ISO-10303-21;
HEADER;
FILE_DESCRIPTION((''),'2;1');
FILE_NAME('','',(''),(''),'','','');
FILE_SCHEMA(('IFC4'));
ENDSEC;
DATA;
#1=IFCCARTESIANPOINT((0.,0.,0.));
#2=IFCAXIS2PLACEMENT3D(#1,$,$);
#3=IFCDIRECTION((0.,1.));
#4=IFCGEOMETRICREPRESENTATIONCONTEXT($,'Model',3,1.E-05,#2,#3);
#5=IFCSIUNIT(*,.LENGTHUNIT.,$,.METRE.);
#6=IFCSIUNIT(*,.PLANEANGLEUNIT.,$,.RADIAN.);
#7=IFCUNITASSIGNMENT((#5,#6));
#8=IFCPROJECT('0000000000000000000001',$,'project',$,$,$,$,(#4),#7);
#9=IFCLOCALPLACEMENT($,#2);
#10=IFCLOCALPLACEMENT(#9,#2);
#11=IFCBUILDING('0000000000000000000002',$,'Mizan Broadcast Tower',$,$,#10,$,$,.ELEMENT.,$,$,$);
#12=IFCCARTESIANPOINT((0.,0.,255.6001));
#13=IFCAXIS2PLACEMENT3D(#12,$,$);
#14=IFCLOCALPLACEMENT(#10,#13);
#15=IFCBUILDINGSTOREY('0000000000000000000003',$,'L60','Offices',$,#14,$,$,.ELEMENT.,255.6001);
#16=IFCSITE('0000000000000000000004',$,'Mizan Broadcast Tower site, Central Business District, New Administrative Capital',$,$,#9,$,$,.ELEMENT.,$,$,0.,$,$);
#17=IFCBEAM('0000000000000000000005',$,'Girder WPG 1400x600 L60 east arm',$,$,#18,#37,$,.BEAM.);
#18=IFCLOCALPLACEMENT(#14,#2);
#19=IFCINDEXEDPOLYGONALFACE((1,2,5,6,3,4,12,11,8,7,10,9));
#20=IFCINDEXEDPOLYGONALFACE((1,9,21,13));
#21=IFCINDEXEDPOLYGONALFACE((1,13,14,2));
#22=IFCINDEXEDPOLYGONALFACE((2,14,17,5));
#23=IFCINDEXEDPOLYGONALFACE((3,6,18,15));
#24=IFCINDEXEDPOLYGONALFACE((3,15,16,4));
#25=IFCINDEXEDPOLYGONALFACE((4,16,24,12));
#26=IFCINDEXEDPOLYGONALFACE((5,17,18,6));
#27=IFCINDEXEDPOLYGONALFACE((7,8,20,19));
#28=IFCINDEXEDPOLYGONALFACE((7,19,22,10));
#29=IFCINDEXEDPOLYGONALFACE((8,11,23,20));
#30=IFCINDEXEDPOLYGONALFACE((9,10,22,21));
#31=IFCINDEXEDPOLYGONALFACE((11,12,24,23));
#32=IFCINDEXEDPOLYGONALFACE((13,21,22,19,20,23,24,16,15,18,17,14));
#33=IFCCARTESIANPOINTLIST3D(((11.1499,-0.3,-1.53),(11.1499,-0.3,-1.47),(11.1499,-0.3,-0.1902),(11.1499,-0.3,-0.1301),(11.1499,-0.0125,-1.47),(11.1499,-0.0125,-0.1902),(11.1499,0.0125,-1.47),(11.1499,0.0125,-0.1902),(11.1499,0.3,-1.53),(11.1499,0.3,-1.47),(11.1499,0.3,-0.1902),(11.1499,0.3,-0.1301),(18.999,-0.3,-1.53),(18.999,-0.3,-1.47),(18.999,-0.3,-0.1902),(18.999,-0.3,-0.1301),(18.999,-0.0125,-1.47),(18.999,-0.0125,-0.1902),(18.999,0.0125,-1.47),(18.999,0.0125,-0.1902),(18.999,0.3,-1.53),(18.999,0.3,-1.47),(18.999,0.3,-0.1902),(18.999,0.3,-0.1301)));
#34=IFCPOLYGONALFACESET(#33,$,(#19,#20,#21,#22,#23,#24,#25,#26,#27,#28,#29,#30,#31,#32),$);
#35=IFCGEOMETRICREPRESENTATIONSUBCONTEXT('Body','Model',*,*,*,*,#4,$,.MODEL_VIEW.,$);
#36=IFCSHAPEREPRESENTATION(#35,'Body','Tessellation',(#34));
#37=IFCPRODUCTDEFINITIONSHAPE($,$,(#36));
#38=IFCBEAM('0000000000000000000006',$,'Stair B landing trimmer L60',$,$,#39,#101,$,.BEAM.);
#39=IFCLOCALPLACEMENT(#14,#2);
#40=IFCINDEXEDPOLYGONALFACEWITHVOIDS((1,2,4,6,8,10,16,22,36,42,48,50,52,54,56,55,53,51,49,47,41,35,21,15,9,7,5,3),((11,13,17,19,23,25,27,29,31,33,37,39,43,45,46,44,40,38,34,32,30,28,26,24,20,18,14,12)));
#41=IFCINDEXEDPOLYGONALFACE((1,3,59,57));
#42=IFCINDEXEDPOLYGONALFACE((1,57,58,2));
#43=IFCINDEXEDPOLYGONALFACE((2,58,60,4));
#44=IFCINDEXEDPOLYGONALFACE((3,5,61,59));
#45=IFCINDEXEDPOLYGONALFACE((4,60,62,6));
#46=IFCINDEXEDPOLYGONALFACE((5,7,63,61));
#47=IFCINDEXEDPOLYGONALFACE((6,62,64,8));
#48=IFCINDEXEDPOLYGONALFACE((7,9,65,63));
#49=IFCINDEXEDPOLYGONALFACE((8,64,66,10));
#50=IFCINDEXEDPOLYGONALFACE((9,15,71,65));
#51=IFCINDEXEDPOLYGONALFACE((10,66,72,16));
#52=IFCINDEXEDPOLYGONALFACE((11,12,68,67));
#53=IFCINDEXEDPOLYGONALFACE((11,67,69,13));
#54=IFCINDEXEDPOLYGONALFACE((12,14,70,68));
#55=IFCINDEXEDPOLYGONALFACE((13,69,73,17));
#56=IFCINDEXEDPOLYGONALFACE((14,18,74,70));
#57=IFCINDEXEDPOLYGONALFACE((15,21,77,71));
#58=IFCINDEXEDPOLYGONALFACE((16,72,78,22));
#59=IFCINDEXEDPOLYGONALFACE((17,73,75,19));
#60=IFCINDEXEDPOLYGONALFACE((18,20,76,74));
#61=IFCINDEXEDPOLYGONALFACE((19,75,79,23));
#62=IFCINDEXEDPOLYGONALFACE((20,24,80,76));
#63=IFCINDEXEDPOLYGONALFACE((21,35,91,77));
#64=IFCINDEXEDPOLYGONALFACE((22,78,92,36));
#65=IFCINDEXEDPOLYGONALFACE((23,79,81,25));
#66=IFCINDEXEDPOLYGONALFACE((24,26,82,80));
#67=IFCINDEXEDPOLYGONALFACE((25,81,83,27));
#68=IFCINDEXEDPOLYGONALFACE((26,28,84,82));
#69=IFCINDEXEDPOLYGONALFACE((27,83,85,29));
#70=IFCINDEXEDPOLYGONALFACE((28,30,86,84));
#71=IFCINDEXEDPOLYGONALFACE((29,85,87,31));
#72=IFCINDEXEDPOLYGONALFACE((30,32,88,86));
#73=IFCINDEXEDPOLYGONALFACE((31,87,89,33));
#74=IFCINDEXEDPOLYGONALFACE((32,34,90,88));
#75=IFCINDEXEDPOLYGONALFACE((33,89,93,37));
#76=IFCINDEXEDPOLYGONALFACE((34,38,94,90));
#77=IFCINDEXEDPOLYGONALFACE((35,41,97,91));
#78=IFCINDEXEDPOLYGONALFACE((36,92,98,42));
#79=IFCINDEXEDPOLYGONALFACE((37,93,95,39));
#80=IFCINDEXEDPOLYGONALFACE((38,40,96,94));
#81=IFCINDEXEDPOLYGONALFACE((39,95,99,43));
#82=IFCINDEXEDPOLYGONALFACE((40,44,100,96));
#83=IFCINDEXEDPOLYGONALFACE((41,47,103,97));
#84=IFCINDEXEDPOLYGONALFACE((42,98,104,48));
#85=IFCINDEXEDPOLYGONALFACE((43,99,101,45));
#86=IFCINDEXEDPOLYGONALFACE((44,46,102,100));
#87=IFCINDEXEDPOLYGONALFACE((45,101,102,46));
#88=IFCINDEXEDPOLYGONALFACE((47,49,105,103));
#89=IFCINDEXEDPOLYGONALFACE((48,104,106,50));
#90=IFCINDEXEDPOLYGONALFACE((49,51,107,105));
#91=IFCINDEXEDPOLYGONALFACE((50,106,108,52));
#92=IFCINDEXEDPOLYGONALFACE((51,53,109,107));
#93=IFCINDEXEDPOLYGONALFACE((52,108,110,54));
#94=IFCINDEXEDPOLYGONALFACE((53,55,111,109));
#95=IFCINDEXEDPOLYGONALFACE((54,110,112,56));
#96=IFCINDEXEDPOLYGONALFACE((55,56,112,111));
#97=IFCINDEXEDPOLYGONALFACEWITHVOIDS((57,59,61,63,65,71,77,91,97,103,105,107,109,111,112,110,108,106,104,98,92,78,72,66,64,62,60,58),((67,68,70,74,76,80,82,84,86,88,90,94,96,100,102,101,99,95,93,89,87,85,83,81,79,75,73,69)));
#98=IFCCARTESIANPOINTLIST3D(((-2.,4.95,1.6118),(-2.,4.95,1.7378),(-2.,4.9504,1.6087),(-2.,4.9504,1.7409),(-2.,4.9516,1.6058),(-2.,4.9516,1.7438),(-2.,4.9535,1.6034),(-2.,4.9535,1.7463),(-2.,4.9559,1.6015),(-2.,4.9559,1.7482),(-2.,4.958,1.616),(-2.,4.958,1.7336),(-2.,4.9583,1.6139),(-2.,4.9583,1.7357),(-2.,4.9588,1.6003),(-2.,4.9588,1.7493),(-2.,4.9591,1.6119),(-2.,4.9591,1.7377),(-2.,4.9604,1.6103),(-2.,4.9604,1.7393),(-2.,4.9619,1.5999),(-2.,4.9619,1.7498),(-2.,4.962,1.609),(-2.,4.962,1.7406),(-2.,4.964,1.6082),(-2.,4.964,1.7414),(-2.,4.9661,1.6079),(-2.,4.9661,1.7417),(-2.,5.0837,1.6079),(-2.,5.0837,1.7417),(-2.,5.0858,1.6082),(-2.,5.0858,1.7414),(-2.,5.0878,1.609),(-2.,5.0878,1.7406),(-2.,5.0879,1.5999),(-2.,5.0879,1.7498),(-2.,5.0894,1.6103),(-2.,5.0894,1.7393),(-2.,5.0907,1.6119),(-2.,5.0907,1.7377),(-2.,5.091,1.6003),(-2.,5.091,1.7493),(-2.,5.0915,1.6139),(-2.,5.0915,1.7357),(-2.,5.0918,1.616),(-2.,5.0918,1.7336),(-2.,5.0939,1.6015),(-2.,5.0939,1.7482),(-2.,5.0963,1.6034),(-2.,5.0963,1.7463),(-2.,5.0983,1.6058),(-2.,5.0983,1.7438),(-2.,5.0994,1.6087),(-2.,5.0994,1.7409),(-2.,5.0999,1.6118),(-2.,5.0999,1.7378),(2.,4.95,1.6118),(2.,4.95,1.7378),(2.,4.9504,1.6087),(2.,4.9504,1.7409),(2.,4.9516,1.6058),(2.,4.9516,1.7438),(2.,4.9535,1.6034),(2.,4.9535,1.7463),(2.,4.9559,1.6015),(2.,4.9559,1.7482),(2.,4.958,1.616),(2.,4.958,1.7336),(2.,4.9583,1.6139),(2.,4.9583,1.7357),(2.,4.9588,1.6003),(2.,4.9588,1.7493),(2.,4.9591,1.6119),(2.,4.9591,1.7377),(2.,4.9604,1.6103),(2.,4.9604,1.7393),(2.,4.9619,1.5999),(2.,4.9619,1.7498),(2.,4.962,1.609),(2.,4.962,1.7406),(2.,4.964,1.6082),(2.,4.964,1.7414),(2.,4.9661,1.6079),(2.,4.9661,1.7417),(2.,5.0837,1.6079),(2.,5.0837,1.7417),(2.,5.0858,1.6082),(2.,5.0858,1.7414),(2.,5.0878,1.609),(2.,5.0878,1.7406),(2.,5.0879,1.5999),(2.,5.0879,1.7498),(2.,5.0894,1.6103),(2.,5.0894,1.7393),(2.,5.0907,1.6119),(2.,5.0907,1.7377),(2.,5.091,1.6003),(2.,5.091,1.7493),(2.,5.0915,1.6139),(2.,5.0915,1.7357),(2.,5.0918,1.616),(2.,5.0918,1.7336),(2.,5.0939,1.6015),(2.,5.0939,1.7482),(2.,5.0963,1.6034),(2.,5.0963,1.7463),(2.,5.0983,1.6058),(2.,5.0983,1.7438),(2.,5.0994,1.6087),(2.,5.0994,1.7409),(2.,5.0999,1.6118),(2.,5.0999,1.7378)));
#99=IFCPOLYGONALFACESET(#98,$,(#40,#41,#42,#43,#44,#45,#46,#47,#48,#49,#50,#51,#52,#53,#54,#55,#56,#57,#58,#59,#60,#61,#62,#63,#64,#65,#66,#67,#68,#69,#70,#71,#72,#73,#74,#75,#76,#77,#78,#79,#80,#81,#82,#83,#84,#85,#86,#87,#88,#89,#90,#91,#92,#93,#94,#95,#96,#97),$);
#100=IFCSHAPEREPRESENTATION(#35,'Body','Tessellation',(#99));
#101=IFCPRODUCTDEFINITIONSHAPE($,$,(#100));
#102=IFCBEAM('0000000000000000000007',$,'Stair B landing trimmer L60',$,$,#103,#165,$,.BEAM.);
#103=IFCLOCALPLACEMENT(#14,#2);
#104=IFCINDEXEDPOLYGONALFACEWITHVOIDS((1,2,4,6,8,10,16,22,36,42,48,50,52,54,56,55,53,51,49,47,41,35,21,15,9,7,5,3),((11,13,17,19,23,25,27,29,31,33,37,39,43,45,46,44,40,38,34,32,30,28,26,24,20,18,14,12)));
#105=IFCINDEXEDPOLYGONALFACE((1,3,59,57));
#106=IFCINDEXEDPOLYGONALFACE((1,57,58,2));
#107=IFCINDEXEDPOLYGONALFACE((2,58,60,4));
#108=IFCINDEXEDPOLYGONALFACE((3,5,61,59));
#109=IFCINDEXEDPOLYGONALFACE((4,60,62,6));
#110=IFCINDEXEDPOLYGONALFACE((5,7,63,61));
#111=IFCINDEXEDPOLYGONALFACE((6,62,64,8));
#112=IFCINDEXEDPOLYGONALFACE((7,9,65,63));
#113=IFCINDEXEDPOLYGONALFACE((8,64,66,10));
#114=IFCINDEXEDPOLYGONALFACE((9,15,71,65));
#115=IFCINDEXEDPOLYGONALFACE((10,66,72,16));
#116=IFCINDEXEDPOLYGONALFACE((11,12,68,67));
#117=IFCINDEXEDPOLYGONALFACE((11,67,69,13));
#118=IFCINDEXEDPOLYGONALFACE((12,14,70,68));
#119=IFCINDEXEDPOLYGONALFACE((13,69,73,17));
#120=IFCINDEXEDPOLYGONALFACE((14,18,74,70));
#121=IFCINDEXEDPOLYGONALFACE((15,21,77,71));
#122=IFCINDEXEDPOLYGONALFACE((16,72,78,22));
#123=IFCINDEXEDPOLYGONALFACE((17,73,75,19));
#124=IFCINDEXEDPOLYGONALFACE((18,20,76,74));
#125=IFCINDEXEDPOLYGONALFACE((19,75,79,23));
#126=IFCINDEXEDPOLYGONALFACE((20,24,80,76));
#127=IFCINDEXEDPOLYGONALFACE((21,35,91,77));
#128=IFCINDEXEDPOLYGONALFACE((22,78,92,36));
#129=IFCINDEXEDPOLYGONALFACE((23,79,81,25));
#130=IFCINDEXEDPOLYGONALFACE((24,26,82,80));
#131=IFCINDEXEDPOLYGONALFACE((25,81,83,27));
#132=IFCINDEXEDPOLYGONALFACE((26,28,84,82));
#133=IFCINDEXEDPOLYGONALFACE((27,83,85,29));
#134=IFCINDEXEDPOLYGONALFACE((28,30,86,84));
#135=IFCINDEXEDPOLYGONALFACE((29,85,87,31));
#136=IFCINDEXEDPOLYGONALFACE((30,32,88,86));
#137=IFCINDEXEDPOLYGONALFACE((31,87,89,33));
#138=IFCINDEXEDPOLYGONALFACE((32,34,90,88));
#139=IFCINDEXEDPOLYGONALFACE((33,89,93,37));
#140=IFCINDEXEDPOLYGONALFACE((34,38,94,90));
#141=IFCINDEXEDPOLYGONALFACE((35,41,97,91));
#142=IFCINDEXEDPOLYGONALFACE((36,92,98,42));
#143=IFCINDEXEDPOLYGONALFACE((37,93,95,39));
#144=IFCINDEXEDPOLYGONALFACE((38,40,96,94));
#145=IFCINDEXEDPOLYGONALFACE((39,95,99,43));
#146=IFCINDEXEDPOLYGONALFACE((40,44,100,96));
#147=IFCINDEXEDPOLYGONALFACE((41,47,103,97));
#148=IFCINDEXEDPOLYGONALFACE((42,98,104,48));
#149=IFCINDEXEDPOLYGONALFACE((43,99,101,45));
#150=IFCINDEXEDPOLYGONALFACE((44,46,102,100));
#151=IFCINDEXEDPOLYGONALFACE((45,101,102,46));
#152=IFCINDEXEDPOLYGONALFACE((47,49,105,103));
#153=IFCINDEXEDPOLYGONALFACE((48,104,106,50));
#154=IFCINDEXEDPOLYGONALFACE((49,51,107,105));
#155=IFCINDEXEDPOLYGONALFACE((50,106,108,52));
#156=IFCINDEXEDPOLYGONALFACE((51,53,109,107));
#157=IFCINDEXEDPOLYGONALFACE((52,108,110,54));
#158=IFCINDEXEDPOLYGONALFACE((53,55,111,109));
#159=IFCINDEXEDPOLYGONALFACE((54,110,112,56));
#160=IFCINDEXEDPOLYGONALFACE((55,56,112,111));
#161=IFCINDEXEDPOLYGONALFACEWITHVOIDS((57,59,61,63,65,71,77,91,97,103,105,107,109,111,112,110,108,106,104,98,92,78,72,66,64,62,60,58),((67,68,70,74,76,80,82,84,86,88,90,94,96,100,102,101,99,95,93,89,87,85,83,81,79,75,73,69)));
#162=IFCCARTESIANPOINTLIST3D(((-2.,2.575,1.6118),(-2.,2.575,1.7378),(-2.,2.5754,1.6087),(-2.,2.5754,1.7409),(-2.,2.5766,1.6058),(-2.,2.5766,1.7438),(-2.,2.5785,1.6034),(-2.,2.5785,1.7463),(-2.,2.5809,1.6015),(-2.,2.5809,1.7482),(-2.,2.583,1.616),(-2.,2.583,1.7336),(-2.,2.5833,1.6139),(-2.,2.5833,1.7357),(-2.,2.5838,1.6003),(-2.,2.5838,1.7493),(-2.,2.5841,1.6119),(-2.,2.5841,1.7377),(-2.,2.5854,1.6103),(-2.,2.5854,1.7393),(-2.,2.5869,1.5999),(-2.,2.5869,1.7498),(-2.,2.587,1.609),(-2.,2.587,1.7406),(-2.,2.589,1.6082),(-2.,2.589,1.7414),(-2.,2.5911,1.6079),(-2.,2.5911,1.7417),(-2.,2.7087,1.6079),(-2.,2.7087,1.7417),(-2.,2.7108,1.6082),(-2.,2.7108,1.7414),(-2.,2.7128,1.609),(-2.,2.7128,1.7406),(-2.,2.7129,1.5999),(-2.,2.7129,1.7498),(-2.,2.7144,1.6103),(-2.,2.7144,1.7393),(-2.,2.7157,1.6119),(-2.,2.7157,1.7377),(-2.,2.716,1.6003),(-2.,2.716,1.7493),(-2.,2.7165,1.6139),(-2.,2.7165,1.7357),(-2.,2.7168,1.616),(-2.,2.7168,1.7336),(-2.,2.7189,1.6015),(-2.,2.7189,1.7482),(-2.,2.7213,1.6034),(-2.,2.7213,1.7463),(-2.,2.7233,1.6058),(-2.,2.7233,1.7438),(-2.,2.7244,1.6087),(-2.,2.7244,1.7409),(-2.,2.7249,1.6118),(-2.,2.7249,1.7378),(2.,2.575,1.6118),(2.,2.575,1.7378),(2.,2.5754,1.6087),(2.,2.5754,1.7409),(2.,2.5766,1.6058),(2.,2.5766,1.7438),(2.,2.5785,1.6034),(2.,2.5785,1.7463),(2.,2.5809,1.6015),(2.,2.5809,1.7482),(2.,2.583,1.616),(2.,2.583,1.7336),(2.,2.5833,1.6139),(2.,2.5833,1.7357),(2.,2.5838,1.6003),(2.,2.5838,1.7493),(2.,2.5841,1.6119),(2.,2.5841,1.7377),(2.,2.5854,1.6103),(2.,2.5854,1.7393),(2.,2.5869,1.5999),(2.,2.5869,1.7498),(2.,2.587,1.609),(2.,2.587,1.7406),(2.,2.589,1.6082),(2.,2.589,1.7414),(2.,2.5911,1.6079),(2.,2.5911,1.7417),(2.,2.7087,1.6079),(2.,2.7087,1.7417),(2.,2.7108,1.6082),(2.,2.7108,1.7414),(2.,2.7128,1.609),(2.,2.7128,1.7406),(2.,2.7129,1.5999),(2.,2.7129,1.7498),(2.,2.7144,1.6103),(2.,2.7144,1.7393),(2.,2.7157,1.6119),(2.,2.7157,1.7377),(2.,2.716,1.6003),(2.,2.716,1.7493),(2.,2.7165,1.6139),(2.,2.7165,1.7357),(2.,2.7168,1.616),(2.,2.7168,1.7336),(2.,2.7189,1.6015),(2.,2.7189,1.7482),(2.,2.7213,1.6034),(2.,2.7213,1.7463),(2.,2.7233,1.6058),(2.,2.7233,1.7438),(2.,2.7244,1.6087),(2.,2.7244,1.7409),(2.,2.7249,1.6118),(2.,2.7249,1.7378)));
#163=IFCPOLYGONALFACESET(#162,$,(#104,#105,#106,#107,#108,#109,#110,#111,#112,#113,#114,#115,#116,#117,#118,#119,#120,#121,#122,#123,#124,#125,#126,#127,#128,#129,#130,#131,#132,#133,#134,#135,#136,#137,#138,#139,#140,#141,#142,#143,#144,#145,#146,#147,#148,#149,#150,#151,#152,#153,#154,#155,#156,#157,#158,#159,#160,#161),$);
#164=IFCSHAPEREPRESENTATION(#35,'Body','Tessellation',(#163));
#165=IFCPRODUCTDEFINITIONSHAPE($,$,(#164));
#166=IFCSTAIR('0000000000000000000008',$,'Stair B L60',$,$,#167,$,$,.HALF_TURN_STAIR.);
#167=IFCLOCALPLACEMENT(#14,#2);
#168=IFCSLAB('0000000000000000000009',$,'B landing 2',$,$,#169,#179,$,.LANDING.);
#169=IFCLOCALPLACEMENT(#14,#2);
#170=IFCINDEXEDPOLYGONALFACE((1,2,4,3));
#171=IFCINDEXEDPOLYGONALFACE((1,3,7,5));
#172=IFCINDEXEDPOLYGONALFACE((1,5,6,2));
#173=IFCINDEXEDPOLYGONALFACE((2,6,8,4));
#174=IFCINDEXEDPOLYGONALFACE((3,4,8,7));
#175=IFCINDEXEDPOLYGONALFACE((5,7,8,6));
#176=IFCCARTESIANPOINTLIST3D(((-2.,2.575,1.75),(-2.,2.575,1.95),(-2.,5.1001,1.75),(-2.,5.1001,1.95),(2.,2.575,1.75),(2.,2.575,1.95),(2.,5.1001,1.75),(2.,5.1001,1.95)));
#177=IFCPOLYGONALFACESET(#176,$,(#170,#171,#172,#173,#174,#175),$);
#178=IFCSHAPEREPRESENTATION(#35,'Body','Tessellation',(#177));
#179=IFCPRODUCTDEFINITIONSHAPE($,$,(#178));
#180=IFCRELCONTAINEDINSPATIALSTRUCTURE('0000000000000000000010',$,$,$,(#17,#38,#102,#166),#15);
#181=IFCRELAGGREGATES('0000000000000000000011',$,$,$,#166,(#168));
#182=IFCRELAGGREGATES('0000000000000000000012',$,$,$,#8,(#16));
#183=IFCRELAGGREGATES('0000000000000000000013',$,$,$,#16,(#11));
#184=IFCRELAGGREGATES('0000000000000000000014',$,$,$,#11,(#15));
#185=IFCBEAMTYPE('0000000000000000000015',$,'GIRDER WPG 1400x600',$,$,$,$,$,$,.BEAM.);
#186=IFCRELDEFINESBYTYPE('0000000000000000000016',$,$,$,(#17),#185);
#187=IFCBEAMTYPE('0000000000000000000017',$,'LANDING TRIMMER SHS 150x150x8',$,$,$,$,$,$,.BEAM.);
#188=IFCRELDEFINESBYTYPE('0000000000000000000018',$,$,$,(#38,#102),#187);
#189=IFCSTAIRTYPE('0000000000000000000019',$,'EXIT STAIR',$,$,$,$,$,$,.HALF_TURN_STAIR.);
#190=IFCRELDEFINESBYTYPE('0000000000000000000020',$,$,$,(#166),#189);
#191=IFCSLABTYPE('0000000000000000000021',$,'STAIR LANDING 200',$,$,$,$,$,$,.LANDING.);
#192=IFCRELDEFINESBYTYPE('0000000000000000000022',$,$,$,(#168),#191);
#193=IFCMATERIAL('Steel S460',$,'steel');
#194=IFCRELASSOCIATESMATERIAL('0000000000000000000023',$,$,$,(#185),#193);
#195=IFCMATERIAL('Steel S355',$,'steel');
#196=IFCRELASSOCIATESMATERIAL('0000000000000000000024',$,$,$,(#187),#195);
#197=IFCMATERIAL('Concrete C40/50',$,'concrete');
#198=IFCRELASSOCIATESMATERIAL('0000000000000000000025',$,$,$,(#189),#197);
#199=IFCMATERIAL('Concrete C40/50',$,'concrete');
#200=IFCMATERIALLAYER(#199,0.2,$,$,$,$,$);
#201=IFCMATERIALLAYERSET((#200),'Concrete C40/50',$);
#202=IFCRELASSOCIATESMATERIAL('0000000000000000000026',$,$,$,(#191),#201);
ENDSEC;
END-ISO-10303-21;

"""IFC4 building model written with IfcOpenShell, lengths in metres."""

from ifc_helpers import new_model, si_unit, direction, frame, origin, origin_2d, place, context, subcontext, project, spatial, polyline, hollow_rectangle, i_section, outline, extrude, material, layer, layer_set, material_profile, profile_set, type_object, element, aggregate, save


model = new_model("IFC4")

# Units and contexts
model_context = context("Model", 3, precision=1e-05, world=origin(), true_north=direction((0.0, 1.0)))
body_context = subcontext(model_context, "Body", "Model", "MODEL_VIEW")
ifc_project = project(units=[si_unit("LENGTHUNIT", "METRE"), si_unit("PLANEANGLEUNIT", "RADIAN")], contexts=[model_context])

# Site, building, storey
site_placement = place(None, origin())
site = spatial("IfcSite", under=ifc_project, at=site_placement, Name="Mizan Broadcast Tower site, Central Business District, New Administrative Capital", CompositionType="ELEMENT", RefElevation=0.0)
building_placement = place(site_placement, origin())
building = spatial("IfcBuilding", under=site, at=building_placement, Name="Mizan Broadcast Tower", CompositionType="ELEMENT")
storey_placement = place(building_placement, frame((0.0, 0.0, 255.6001)))
storey = spatial("IfcBuildingStorey", under=building, at=storey_placement, Name="L60", Description="Offices", CompositionType="ELEMENT", Elevation=255.6001)

# Beams
ifc_material_1 = material(Name="Steel S460", Category="steel")
ifc_material_profile_1 = material_profile(ifc_material_1, i_section(OverallWidth=0.6001, OverallDepth=1.3999, WebThickness=0.0249, FlangeThickness=0.0601, at=origin_2d()), Name="WPG 1400x600")
ifc_profile_set_1 = profile_set([ifc_material_profile_1], Name="Steel S460")
beam_type_1 = type_object("IfcBeamType", Name="GIRDER WPG 1400x600", PredefinedType="BEAM", material=ifc_profile_set_1)
beam_placement = place(storey_placement, frame((11.1499, 0.0, -0.8301), z_axis=(1.0, 0.0, 0.0), x_axis=(0.0, 1.0, 0.0)))
element("IfcBeam", 1, at=beam_placement, inside=storey, type_object=beam_type_1, Name="Girder WPG 1400x600 L60 east arm", PredefinedType="BEAM", context=body_context, shape_type="SweptSolid", body=[
    extrude(i_section(OverallWidth=0.6001, OverallDepth=1.3999, WebThickness=0.0249, FlangeThickness=0.0601, at=origin_2d()), origin(), (0.0, 0.0, 1.0), 7.8491),
])
ifc_material_2 = material(Name="Steel S355", Category="steel")
ifc_material_profile_2 = material_profile(ifc_material_2, hollow_rectangle(XDim=0.1499, YDim=0.1499, WallThickness=0.0081, InnerFilletRadius=0.0081, OuterFilletRadius=0.012, at=origin_2d()), Name="SHS 150x150x8")
ifc_profile_set_2 = profile_set([ifc_material_profile_2], Name="Steel S355")
beam_type_2 = type_object("IfcBeamType", Name="LANDING TRIMMER SHS 150x150x8", PredefinedType="BEAM", material=ifc_profile_set_2)
for number, where, z_axis, x_axis, name in (
    (2, (2.0, 5.0249, 1.6748), (-1.0, 0.0, 0.0), (0.0, -1.0, 0.0), "Stair B landing trimmer L60"),
    (3, (2.0, 2.6499, 1.6748), (-1.0, 0.0, 0.0), (0.0, -1.0, 0.0), "Stair B landing trimmer L60"),
):
    element("IfcBeam", number, at=place(storey_placement, frame(where, z_axis=z_axis, x_axis=x_axis)), inside=storey, type_object=beam_type_2, Name=name, PredefinedType="BEAM", context=body_context, shape_type="SweptSolid", body=[
        extrude(hollow_rectangle(XDim=0.1499, YDim=0.1499, WallThickness=0.0081, InnerFilletRadius=0.0081, OuterFilletRadius=0.012, at=origin_2d()), origin(), (0.0, 0.0, 1.0), 4.0),
    ])

# Stair, slab
ifc_material_3 = material(Name="Concrete C40/50", Category="concrete")
stair_type = type_object("IfcStairType", Name="EXIT STAIR", PredefinedType="HALF_TURN_STAIR", material=ifc_material_3)
stair_placement = place(storey_placement, origin())
stair = element("IfcStair", 4, at=stair_placement, inside=storey, type_object=stair_type, Name="Stair B L60", PredefinedType="HALF_TURN_STAIR")
ifc_material_4 = material(Name="Concrete C40/50", Category="concrete")
ifc_layer_1 = layer(ifc_material_4, 0.2)
ifc_layer_set_1 = layer_set([ifc_layer_1], Name="Concrete C40/50")
slab_type = type_object("IfcSlabType", Name="STAIR LANDING 200", PredefinedType="LANDING", material=ifc_layer_set_1)
slab_placement = place(storey_placement, frame((0.0, 0.0, 1.75)))
slab = element("IfcSlab", 5, at=slab_placement, type_object=slab_type, Name="B landing 2", PredefinedType="LANDING", context=body_context, shape_type="SweptSolid", body=[
    extrude(outline(polyline([(2.0, 5.1001), (2.0, 2.575), (-2.0, 2.575), (-2.0, 5.1001), (2.0, 5.1001)])), origin(), (0.0, 0.0, 1.0), 0.2),
])

aggregate(stair, [slab])

save(model, "model.ifc")
